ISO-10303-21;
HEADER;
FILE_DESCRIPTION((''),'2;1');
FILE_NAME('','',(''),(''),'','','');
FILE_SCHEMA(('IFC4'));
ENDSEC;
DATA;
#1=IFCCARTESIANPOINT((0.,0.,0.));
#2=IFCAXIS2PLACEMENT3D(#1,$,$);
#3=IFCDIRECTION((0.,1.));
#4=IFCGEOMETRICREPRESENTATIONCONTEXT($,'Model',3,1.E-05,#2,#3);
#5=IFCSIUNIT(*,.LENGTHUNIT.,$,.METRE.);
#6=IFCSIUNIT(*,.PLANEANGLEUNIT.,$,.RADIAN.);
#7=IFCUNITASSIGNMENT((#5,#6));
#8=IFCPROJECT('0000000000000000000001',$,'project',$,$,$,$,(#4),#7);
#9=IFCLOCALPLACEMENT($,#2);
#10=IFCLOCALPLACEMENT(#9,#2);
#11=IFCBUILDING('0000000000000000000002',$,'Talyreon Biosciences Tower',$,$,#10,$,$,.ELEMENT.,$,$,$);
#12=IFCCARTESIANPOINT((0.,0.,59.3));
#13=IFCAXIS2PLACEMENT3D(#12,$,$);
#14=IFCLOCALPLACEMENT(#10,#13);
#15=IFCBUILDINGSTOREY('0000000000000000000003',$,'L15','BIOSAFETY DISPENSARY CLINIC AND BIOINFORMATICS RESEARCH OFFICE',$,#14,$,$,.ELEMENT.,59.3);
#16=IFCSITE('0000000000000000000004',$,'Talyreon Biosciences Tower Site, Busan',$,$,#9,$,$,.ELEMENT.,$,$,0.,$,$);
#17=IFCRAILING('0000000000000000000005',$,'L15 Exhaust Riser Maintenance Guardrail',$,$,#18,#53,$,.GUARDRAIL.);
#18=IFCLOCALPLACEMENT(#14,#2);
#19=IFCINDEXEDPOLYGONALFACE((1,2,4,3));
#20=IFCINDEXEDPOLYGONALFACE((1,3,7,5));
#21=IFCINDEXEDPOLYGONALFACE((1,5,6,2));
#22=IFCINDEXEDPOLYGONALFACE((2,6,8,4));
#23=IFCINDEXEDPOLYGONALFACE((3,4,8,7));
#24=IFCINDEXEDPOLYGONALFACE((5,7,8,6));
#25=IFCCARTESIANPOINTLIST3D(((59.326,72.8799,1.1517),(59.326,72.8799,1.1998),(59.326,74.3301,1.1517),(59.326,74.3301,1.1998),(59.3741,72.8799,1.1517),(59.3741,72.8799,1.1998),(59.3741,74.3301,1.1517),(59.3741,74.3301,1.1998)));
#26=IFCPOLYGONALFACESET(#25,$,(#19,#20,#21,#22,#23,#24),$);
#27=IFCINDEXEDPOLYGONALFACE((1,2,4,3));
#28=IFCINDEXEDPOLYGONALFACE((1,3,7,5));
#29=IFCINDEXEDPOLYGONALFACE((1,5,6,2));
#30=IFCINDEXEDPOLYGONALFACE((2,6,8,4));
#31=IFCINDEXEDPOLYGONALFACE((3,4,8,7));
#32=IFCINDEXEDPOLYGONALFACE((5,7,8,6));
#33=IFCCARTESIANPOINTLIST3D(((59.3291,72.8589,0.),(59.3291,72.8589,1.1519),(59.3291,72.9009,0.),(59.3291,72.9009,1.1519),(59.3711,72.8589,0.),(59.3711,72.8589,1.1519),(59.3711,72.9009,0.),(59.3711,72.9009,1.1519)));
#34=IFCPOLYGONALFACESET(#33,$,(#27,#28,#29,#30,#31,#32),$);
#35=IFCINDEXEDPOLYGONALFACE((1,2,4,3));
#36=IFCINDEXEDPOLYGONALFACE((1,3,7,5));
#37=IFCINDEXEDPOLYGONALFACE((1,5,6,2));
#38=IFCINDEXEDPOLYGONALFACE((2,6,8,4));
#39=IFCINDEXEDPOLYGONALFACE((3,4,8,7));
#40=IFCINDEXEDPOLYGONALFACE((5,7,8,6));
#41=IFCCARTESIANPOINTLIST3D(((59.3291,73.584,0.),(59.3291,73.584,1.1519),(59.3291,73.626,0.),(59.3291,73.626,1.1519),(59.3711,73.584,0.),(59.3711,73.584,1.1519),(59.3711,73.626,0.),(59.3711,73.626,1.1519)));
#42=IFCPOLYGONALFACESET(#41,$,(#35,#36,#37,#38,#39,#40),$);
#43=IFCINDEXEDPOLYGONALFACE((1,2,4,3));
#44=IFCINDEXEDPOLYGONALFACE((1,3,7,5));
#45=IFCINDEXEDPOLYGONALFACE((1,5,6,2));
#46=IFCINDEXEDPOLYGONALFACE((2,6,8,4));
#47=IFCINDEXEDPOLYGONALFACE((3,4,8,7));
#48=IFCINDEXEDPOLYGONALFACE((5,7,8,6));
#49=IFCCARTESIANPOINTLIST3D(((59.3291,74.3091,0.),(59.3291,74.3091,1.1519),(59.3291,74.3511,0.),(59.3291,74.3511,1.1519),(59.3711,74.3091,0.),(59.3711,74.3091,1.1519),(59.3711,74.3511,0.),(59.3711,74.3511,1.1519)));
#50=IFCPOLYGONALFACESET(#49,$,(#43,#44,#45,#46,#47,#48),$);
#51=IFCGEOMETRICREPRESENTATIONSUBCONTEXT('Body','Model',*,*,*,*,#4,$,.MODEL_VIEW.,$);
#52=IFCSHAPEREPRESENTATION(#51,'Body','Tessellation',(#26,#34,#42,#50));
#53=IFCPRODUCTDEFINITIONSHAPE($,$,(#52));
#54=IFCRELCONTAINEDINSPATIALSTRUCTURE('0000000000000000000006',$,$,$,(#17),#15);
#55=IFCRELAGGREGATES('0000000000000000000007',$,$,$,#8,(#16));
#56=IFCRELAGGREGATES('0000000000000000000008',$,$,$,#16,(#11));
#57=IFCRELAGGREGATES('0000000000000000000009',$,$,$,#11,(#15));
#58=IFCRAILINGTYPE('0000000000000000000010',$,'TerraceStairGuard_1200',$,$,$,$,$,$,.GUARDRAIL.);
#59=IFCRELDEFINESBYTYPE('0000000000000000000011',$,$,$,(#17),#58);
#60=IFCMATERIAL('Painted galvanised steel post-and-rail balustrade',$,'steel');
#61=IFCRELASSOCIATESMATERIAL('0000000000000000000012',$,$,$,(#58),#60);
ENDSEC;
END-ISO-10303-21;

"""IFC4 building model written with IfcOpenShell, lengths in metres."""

from ifc_helpers import new_model, si_unit, direction, frame, origin, origin_2d, place, context, subcontext, project, spatial, rectangle, extrude, material, type_object, element, save


model = new_model("IFC4")

# Units and contexts
model_context = context("Model", 3, precision=1e-05, world=origin(), true_north=direction((0.0, 1.0)))
body_context = subcontext(model_context, "Body", "Model", "MODEL_VIEW")
ifc_project = project(units=[si_unit("LENGTHUNIT", "METRE"), si_unit("PLANEANGLEUNIT", "RADIAN")], contexts=[model_context])

# Site, building, storey
site_placement = place(None, origin())
site = spatial("IfcSite", under=ifc_project, at=site_placement, Name="Talyreon Biosciences Tower Site, Busan", CompositionType="ELEMENT", RefElevation=0.0)
building_placement = place(site_placement, origin())
building = spatial("IfcBuilding", under=site, at=building_placement, Name="Talyreon Biosciences Tower", CompositionType="ELEMENT")
storey_placement = place(building_placement, frame((0.0, 0.0, 59.3)))
storey = spatial("IfcBuildingStorey", under=building, at=storey_placement, Name="L15", Description="BIOSAFETY DISPENSARY CLINIC AND BIOINFORMATICS RESEARCH OFFICE", CompositionType="ELEMENT", Elevation=59.3)

# Railing
ifc_material_1 = material(Name="Painted galvanised steel post-and-rail balustrade", Category="steel")
railing_type_1 = type_object("IfcRailingType", Name="TerraceStairGuard_1200", PredefinedType="GUARDRAIL", material=ifc_material_1)
railing_1_placement = place(storey_placement, frame((59.3501, 72.8799, 0.0)))
element("IfcRailing", 1, at=railing_1_placement, inside=storey, type_object=railing_type_1, Name="L15 Exhaust Riser Maintenance Guardrail", PredefinedType="GUARDRAIL", context=body_context, shape_type="SweptSolid", body=[
    extrude(rectangle(XDim=0.0481, YDim=0.0481, at=origin_2d()), frame((0.0, 0.0, 1.1758), z_axis=(0.0, 1.0, 0.0), x_axis=(-1.0, 0.0, 0.0)), (0.0, 0.0, 1.0), 1.4502),
    extrude(rectangle(XDim=0.042, YDim=0.042, at=origin_2d()), origin(), (0.0, 0.0, 1.0), 1.1519),
    extrude(rectangle(XDim=0.042, YDim=0.042, at=origin_2d()), frame((0.0, 0.7251, 0.0)), (0.0, 0.0, 1.0), 1.1519),
    extrude(rectangle(XDim=0.042, YDim=0.042, at=origin_2d()), frame((0.0, 1.4502, 0.0)), (0.0, 0.0, 1.0), 1.1519),
])

save(model, "model.ifc")
